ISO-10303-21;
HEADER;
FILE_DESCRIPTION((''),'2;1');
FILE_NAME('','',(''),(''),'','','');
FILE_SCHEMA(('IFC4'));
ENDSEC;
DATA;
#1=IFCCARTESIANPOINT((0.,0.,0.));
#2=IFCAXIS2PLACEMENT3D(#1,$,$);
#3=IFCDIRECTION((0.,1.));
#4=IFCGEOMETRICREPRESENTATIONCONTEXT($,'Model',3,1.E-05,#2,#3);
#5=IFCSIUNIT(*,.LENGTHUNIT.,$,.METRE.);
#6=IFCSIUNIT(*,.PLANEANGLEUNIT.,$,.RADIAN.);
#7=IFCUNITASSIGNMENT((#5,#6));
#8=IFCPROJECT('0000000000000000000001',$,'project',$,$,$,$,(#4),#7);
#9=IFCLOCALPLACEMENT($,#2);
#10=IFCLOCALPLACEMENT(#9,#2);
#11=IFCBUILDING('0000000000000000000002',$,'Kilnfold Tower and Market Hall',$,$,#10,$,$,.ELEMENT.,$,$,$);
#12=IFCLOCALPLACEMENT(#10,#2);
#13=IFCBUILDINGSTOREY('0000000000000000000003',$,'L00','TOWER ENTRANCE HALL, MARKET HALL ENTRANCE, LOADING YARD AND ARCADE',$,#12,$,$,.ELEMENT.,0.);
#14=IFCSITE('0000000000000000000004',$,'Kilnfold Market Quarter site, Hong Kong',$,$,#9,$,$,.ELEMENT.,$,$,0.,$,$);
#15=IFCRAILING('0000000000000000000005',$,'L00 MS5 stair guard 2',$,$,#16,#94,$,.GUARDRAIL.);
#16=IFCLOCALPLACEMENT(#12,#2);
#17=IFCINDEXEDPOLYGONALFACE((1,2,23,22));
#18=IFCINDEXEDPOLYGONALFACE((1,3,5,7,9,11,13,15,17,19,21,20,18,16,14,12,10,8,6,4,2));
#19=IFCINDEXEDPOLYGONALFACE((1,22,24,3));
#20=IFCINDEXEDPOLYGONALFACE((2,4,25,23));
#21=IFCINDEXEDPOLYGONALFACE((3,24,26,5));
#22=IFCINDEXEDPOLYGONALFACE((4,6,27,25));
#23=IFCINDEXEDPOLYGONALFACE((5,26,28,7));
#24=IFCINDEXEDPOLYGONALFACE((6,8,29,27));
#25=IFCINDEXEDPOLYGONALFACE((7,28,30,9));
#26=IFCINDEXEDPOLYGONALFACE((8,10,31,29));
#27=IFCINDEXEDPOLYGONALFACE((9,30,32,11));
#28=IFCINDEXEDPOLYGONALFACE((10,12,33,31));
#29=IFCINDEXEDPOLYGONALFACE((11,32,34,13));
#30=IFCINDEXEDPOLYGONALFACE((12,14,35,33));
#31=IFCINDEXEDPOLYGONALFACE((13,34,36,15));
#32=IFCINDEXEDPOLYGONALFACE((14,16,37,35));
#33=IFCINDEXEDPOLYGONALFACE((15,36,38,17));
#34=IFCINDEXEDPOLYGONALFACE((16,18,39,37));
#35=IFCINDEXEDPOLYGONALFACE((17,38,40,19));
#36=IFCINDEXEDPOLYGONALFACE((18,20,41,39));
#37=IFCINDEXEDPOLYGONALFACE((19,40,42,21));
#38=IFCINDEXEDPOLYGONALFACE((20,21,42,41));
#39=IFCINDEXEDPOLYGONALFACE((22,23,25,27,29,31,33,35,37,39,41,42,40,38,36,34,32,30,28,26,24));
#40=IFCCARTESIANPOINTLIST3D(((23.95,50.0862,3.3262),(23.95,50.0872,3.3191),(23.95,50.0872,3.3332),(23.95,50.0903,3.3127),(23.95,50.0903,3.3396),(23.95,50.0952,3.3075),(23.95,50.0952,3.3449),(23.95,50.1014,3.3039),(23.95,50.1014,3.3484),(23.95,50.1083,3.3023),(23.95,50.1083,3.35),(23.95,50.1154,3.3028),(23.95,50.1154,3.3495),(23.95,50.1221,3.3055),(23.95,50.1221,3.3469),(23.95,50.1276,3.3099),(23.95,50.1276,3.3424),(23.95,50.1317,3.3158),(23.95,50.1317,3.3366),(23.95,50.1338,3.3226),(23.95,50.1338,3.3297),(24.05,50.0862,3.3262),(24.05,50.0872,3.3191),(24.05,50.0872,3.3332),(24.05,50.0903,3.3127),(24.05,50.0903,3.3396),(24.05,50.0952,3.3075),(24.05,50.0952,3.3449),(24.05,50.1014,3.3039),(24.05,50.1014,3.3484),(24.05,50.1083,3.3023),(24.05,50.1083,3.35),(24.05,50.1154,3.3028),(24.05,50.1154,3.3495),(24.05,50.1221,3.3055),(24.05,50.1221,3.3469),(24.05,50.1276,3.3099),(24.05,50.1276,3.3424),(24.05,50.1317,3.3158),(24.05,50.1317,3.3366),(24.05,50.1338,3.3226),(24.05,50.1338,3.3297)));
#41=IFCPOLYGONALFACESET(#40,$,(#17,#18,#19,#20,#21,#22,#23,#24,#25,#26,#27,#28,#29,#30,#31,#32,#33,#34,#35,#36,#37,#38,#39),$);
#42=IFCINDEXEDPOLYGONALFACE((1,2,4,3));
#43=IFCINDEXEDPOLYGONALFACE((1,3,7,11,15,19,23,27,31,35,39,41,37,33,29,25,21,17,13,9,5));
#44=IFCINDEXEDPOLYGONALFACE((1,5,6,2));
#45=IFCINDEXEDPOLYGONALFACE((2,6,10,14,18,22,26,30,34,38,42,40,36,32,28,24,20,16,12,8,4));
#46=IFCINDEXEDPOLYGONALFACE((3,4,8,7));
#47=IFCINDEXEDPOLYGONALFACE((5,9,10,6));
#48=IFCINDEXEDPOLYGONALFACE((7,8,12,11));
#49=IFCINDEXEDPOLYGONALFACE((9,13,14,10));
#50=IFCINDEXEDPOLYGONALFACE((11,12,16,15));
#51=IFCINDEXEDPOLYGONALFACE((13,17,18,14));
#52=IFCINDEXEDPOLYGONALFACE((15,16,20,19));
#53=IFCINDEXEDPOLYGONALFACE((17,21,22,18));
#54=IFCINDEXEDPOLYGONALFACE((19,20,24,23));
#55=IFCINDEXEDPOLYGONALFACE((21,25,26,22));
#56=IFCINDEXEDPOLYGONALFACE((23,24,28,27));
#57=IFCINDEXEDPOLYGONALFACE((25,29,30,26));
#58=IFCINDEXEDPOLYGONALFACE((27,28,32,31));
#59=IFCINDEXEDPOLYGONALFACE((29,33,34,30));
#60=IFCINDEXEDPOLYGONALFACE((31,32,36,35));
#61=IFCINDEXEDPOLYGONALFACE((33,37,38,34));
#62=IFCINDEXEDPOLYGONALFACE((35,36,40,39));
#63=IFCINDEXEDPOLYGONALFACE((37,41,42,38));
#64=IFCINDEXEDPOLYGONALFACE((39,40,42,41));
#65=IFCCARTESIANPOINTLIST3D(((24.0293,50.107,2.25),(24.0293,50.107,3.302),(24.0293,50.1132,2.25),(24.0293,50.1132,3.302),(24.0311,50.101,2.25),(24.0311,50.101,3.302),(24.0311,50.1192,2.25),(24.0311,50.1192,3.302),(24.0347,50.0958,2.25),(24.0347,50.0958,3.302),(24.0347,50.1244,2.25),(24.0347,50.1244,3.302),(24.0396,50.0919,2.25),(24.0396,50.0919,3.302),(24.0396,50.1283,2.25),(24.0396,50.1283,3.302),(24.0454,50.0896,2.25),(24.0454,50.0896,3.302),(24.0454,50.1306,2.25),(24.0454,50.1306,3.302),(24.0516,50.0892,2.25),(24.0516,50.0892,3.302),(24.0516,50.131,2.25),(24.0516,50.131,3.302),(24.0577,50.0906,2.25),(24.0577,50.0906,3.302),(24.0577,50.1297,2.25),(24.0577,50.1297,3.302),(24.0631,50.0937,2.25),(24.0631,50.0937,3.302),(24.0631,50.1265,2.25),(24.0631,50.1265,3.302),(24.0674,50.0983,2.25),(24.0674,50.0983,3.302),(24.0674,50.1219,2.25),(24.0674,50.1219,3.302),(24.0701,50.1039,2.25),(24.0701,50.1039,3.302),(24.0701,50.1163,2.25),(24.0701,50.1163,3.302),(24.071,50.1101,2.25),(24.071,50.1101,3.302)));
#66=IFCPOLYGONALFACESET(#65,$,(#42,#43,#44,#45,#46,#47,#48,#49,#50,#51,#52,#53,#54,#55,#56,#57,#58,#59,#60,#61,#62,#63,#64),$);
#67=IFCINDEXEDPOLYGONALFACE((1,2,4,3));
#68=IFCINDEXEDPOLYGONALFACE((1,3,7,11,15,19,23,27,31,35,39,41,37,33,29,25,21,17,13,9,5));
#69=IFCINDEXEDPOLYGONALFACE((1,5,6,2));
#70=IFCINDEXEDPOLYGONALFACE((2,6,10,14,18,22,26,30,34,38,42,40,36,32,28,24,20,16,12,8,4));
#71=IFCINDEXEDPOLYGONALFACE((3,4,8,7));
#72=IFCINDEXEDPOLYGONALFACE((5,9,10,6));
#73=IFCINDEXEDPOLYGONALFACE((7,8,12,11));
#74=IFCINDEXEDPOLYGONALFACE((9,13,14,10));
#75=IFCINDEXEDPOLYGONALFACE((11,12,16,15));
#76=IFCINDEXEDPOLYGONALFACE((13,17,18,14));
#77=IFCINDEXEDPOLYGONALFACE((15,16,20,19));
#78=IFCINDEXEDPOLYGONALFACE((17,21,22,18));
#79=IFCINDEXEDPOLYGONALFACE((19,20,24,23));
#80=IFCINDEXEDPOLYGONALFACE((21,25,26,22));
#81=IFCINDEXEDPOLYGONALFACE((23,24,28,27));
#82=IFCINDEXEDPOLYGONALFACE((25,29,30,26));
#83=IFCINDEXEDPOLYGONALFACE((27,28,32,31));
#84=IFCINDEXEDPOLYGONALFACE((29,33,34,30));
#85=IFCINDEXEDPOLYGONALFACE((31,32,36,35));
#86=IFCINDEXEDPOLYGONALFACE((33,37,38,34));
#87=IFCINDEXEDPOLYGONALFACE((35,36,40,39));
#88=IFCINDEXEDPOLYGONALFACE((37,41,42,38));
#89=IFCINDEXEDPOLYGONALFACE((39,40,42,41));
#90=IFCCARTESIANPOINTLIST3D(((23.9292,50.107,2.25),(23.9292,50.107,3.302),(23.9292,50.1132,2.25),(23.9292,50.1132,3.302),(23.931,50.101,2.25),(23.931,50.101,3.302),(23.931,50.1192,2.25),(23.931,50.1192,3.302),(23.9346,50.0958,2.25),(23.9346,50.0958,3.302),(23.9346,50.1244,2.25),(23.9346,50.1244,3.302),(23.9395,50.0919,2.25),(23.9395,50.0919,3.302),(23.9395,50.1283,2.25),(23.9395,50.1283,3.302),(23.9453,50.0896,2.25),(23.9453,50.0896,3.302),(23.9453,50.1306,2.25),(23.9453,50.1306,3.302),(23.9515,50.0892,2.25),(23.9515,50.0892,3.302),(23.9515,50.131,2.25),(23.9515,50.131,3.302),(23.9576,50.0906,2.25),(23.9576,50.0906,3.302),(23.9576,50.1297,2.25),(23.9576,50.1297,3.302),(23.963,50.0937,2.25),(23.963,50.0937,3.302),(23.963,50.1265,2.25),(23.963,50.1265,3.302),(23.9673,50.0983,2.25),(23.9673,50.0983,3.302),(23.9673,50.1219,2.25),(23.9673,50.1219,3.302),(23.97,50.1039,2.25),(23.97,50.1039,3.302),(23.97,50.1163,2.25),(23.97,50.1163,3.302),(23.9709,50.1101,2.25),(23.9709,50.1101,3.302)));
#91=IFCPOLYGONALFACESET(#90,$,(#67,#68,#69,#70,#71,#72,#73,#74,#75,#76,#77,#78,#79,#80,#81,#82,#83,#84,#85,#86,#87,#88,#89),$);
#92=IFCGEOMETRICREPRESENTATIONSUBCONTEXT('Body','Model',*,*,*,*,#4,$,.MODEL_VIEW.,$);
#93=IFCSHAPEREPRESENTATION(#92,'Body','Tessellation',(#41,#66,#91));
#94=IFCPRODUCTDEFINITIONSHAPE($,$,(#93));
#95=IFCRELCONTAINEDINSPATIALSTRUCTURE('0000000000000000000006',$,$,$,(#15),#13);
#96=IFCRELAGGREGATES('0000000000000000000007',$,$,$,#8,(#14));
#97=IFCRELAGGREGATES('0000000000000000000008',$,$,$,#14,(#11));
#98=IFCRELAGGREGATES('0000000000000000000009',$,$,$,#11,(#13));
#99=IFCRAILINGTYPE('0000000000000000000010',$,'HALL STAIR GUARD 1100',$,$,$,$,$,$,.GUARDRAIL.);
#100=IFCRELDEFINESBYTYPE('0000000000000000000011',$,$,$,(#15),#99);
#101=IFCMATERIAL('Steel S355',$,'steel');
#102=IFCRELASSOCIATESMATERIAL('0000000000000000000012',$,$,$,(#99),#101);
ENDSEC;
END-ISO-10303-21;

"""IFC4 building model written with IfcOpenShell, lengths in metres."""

from ifc_helpers import new_model, si_unit, direction, frame, origin, origin_2d, place, context, subcontext, project, spatial, circle, extrude, material, type_object, element, save


model = new_model("IFC4")

# Units and contexts
model_context = context("Model", 3, precision=1e-05, world=origin(), true_north=direction((0.0, 1.0)))
body_context = subcontext(model_context, "Body", "Model", "MODEL_VIEW")
ifc_project = project(units=[si_unit("LENGTHUNIT", "METRE"), si_unit("PLANEANGLEUNIT", "RADIAN")], contexts=[model_context])

# Site, building, storey
site_placement = place(None, origin())
site = spatial("IfcSite", under=ifc_project, at=site_placement, Name="Kilnfold Market Quarter site, Hong Kong", CompositionType="ELEMENT", RefElevation=0.0)
building_placement = place(site_placement, origin())
building = spatial("IfcBuilding", under=site, at=building_placement, Name="Kilnfold Tower and Market Hall", CompositionType="ELEMENT")
storey_placement = place(building_placement, origin())
storey = spatial("IfcBuildingStorey", under=building, at=storey_placement, Name="L00", Description="TOWER ENTRANCE HALL, MARKET HALL ENTRANCE, LOADING YARD AND ARCADE", CompositionType="ELEMENT", Elevation=0.0)

# Railing
ifc_material_1 = material(Name="Steel S355", Category="steel")
railing_type_1 = type_object("IfcRailingType", Name="HALL STAIR GUARD 1100", PredefinedType="GUARDRAIL", material=ifc_material_1)
railing_1_placement = place(storey_placement, frame((24.05, 50.1101, 2.25)))
element("IfcRailing", 1, at=railing_1_placement, inside=storey, type_object=railing_type_1, Name="L00 MS5 stair guard 2", PredefinedType="GUARDRAIL", context=body_context, shape_type="SweptSolid", body=[
    extrude(circle(Radius=0.0239, at=origin_2d()), frame((0.0, 0.0, 1.0762), z_axis=(-1.0, 0.0, 0.0), x_axis=(0.0, -1.0, 0.0)), (0.0, 0.0, 1.0), 0.1001),
    extrude(circle(Radius=0.021, at=origin_2d()), origin(), (0.0, 0.0, 1.0), 1.052),
    extrude(circle(Radius=0.021, at=origin_2d()), frame((-0.1001, 0.0, 0.0)), (0.0, 0.0, 1.0), 1.052),
])

save(model, "model.ifc")
